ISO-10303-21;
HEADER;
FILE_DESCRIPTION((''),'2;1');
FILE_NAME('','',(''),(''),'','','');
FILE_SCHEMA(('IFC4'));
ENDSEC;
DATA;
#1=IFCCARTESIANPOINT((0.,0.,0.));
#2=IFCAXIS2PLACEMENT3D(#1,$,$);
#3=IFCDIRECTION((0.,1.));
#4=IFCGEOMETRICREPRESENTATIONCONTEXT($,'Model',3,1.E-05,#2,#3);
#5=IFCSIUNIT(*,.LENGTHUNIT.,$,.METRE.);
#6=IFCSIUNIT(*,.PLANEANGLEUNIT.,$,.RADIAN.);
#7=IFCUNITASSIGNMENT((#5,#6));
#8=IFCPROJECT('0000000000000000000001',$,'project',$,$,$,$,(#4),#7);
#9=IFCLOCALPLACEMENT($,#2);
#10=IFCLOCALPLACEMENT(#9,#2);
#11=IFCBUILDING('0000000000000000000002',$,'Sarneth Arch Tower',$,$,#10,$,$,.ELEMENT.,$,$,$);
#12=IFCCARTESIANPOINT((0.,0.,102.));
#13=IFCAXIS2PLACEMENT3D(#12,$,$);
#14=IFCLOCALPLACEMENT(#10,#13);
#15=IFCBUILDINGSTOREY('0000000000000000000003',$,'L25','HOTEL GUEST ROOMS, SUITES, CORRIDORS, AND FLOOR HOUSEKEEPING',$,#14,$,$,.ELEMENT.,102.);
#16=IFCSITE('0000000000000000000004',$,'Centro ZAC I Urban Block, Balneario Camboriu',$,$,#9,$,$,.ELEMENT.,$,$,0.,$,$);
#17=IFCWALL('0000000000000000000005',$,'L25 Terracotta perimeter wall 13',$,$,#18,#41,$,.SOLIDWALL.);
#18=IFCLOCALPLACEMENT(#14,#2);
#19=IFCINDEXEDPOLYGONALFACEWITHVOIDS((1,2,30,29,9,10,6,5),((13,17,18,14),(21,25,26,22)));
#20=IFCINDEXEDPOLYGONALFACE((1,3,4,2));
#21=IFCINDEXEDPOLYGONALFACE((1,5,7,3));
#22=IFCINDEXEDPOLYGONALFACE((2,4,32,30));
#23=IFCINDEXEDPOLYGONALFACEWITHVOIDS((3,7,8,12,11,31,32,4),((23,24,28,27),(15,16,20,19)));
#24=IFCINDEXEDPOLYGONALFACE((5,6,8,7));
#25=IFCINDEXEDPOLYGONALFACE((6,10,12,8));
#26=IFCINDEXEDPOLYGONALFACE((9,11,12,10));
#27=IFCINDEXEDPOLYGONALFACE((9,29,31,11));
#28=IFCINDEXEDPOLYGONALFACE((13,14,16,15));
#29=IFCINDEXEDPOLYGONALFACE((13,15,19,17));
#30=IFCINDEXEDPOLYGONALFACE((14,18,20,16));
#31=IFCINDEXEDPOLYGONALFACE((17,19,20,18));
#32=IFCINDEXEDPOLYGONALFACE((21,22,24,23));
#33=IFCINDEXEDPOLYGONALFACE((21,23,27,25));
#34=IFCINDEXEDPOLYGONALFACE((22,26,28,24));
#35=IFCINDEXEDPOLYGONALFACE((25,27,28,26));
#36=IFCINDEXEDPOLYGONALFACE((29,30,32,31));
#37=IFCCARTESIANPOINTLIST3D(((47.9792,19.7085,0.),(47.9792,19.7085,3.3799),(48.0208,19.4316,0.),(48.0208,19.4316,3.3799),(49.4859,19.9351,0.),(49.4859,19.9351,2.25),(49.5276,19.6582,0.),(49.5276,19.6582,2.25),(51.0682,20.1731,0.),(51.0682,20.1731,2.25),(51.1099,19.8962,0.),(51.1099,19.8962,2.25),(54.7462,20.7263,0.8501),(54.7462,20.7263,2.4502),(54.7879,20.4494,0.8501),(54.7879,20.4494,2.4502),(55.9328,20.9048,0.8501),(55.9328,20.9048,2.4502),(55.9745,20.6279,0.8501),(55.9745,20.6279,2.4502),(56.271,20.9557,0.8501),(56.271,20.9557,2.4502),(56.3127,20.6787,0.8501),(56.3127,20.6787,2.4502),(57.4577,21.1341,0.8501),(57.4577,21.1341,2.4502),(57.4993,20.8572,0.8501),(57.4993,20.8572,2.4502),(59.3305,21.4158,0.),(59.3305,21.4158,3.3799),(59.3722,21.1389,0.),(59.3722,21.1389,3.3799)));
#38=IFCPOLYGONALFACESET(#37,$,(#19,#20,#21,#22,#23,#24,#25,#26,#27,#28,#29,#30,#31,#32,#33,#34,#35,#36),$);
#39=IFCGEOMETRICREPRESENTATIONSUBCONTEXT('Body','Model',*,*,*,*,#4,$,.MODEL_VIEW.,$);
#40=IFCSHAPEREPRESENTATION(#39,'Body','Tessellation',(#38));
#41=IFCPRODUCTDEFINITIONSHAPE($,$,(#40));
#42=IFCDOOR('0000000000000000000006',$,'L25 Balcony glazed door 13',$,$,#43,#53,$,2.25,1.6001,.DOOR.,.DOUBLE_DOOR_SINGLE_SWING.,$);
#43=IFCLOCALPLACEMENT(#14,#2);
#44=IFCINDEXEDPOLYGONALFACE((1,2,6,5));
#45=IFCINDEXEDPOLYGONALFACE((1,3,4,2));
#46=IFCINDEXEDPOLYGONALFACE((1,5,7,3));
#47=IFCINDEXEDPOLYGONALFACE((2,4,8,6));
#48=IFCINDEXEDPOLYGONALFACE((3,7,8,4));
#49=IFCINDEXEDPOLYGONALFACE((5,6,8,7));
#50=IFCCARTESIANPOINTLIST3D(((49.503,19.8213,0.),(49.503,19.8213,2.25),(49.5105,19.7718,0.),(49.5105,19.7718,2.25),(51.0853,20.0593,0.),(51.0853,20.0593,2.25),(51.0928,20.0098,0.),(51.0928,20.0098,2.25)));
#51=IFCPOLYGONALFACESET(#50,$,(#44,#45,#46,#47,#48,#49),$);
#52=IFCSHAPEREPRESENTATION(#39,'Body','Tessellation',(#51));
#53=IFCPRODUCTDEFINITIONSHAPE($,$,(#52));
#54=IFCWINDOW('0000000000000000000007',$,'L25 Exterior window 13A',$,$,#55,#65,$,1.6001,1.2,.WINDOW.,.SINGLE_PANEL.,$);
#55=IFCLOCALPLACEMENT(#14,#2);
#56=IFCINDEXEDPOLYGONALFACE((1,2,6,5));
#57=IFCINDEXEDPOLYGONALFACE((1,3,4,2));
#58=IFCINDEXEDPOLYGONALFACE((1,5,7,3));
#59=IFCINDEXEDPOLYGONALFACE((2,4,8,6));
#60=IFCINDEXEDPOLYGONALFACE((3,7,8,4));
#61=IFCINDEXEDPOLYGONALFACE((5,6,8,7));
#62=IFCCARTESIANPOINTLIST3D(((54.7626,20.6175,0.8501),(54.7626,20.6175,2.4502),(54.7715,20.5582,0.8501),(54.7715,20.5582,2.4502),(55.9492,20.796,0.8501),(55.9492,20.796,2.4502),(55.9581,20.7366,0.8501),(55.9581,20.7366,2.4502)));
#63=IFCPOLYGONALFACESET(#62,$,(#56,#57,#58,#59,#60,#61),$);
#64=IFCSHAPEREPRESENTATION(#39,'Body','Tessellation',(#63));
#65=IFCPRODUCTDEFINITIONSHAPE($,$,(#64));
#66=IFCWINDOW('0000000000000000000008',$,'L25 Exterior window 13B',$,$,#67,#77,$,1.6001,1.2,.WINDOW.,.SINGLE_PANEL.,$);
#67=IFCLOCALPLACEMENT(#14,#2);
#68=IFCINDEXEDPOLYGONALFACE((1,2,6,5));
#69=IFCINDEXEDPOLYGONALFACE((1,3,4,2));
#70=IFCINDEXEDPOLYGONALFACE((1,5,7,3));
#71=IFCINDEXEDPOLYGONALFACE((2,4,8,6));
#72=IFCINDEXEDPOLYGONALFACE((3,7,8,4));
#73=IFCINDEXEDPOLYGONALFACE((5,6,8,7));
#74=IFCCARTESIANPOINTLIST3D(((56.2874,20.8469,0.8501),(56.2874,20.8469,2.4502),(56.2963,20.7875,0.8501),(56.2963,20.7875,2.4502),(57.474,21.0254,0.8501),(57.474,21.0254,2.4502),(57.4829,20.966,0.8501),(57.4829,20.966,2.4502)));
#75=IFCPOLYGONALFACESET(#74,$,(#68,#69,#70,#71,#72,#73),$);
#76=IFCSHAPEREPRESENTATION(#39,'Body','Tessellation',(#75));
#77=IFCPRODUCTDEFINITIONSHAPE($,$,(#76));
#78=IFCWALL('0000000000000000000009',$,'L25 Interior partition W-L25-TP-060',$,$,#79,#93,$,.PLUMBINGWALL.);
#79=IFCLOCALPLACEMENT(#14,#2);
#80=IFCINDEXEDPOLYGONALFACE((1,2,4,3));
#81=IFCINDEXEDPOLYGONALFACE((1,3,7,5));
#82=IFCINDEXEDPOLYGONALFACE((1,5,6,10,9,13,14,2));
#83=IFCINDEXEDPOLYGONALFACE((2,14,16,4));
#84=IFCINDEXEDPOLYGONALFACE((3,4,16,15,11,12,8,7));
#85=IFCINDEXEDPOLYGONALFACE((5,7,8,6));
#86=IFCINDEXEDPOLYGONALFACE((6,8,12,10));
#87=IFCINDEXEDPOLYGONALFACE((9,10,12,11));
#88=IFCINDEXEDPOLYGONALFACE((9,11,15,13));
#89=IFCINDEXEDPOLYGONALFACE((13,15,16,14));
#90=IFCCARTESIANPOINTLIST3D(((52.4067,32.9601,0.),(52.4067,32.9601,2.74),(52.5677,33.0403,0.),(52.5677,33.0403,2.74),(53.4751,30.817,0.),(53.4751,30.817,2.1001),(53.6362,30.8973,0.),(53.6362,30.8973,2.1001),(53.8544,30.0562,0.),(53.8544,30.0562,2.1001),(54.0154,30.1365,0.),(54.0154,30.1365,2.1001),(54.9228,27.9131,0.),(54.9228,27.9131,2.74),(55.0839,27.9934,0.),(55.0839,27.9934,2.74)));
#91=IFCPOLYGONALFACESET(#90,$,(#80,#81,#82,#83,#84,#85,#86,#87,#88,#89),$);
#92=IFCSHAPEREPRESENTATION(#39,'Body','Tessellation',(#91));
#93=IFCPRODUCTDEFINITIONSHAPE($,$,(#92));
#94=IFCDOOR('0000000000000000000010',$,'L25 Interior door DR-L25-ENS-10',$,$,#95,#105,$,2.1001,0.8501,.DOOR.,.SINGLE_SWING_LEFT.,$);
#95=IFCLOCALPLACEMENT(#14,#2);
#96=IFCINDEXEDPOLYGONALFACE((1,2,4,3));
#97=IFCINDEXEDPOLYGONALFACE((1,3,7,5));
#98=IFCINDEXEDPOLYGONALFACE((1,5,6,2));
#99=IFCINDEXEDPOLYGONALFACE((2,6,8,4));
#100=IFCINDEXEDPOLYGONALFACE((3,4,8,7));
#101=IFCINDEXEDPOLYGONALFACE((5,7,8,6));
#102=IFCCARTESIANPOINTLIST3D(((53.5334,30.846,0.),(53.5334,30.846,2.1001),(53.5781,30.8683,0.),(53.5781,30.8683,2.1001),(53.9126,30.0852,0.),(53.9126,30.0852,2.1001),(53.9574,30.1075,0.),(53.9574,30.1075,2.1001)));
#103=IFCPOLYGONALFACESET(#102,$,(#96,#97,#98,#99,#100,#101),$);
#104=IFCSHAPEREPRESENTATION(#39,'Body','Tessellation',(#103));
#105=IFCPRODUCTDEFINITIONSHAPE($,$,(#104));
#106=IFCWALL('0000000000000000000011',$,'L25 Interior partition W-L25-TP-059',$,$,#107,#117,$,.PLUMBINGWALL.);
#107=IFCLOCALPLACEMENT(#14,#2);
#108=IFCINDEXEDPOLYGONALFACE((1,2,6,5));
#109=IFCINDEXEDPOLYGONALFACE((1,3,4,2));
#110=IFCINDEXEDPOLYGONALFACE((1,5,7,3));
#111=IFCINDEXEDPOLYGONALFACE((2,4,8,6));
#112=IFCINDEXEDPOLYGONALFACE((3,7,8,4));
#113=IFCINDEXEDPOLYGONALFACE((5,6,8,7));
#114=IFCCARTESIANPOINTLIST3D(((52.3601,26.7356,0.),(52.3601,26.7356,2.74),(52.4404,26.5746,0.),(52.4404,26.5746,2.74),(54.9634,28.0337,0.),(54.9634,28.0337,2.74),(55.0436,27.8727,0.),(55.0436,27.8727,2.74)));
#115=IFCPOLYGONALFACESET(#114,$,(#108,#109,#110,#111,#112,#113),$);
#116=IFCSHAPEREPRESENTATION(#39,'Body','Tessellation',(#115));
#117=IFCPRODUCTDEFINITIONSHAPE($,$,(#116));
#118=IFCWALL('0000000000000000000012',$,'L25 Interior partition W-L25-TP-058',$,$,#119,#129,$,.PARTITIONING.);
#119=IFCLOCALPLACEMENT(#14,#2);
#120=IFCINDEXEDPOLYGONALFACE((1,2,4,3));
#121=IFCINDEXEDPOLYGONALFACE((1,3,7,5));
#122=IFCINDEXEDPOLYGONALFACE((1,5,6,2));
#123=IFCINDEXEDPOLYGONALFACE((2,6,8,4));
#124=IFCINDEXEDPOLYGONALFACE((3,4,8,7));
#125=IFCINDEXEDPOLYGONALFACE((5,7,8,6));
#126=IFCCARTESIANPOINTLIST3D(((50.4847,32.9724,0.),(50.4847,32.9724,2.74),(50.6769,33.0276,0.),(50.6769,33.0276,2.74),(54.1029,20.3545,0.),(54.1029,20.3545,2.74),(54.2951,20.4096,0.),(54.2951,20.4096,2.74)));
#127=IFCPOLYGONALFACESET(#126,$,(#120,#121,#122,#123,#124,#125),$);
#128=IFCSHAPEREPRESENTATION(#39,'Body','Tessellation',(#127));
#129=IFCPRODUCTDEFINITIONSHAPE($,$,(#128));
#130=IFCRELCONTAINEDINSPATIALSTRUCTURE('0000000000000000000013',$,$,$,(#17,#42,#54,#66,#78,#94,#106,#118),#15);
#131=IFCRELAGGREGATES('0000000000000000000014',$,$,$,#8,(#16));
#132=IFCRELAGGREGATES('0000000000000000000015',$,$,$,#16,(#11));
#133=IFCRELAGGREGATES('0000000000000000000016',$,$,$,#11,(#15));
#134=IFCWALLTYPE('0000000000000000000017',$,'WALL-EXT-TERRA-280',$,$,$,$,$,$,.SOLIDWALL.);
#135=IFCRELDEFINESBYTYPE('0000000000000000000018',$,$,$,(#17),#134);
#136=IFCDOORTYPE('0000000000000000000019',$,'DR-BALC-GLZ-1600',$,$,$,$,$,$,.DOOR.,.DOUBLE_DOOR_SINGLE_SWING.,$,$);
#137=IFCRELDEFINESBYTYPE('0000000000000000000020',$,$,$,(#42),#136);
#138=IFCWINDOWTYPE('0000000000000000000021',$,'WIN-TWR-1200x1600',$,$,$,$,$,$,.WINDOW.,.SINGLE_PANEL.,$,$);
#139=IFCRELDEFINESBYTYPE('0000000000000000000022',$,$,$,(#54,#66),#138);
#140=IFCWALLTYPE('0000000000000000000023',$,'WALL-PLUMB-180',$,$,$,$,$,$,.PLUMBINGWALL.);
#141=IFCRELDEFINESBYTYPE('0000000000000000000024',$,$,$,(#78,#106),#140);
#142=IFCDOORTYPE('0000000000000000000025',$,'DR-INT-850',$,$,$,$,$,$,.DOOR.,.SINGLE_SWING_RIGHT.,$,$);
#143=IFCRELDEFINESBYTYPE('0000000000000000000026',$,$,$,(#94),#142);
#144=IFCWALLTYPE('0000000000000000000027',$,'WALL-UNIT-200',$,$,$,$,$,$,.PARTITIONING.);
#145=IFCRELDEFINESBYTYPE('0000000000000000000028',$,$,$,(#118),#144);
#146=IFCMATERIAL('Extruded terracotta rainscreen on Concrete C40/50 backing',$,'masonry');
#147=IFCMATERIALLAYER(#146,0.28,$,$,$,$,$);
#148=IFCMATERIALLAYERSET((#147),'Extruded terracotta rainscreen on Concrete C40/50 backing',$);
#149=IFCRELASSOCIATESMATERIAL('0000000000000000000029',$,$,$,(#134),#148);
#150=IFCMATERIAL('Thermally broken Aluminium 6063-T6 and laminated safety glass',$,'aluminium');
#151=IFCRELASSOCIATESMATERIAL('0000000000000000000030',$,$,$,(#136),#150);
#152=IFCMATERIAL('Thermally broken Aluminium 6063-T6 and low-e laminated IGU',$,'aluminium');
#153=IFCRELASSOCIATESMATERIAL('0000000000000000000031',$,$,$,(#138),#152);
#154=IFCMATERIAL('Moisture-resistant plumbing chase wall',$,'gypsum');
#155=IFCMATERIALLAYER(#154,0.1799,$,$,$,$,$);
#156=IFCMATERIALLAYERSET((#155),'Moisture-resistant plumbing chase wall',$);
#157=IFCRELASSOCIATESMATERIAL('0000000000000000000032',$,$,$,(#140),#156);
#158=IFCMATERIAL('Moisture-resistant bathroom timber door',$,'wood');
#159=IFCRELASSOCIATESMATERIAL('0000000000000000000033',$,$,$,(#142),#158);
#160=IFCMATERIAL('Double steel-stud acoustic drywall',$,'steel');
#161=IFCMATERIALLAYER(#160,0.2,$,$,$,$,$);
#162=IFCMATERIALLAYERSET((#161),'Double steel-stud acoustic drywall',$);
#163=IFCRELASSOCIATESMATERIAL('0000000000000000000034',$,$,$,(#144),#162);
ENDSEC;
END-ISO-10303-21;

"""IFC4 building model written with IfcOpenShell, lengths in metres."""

from ifc_helpers import new_model, si_unit, direction, frame, frame_2d, origin, place, context, subcontext, project, spatial, rectangle, extrude, material, layer, layer_set, type_object, element, fill, save


model = new_model("IFC4")

# Units and contexts
model_context = context("Model", 3, precision=1e-05, world=origin(), true_north=direction((0.0, 1.0)))
body_context = subcontext(model_context, "Body", "Model", "MODEL_VIEW")
ifc_project = project(units=[si_unit("LENGTHUNIT", "METRE"), si_unit("PLANEANGLEUNIT", "RADIAN")], contexts=[model_context])

# Site, building, storey
site_placement = place(None, origin())
site = spatial("IfcSite", under=ifc_project, at=site_placement, Name="Centro ZAC I Urban Block, Balneario Camboriu", CompositionType="ELEMENT", RefElevation=0.0)
building_placement = place(site_placement, origin())
building = spatial("IfcBuilding", under=site, at=building_placement, Name="Sarneth Arch Tower", CompositionType="ELEMENT")
storey_placement = place(building_placement, frame((0.0, 0.0, 102.0)))
storey = spatial("IfcBuildingStorey", under=building, at=storey_placement, Name="L25", Description="HOTEL GUEST ROOMS, SUITES, CORRIDORS, AND FLOOR HOUSEKEEPING", CompositionType="ELEMENT", Elevation=102.0)

# Wall, openings, door, windows
ifc_material_1 = material(Name="Extruded terracotta rainscreen on Concrete C40/50 backing", Category="masonry")
ifc_layer_1 = layer(ifc_material_1, 0.28)
ifc_layer_set_1 = layer_set([ifc_layer_1], Name="Extruded terracotta rainscreen on Concrete C40/50 backing")
wall_type_1 = type_object("IfcWallType", Name="WALL-EXT-TERRA-280", PredefinedType="SOLIDWALL", material=ifc_layer_set_1)
wall_1_placement = place(storey_placement, frame((48.0, 19.5701, 0.0), z_axis=(0.0, 0.0, 1.0), x_axis=(0.988878, 0.14873, 0.0)))
wall_1 = element("IfcWall", 1, at=wall_1_placement, inside=storey, type_object=wall_type_1, Name="L25 Terracotta perimeter wall 13", PredefinedType="SOLIDWALL", context=body_context, shape_type="SweptSolid", body=[
    extrude(rectangle(XDim=11.479, YDim=0.28, at=frame_2d((5.7395, 0.0))), origin(), (0.0, 0.0, 1.0), 3.3799),
])
opening_1_placement = place(wall_1_placement, frame((1.5237, 0.0, 0.0)))
opening_1 = element("IfcOpeningElement", 2, at=opening_1_placement, cuts=wall_1, PredefinedType="OPENING", context=body_context, shape_type="SweptSolid", body=[
    extrude(rectangle(XDim=1.6001, YDim=2.25, at=frame_2d((0.8, 1.125))), frame((0.0, 0.1499, 0.0), z_axis=(0.0, -1.0, 0.0), x_axis=(1.0, 0.0, 0.0)), (0.0, 0.0, 1.0), 0.3),
])
opening_2_placement = place(wall_1_placement, frame((6.843, 0.0, 0.8501)))
opening_2 = element("IfcOpeningElement", 3, at=opening_2_placement, cuts=wall_1, PredefinedType="OPENING", context=body_context, shape_type="SweptSolid", body=[
    extrude(rectangle(XDim=1.2, YDim=1.6001, at=frame_2d((0.6001, 0.8))), frame((0.0, 0.1499, 0.0), z_axis=(0.0, -1.0, 0.0), x_axis=(1.0, 0.0, 0.0)), (0.0, 0.0, 1.0), 0.3),
])
opening_3_placement = place(wall_1_placement, frame((8.385, 0.0, 0.8501)))
opening_3 = element("IfcOpeningElement", 4, at=opening_3_placement, cuts=wall_1, PredefinedType="OPENING", context=body_context, shape_type="SweptSolid", body=[
    extrude(rectangle(XDim=1.2, YDim=1.6001, at=frame_2d((0.6001, 0.8))), frame((0.0, 0.1499, 0.0), z_axis=(0.0, -1.0, 0.0), x_axis=(1.0, 0.0, 0.0)), (0.0, 0.0, 1.0), 0.3),
])
ifc_material_2 = material(Name="Thermally broken Aluminium 6063-T6 and laminated safety glass", Category="aluminium")
door_type_1 = type_object("IfcDoorType", Name="DR-BALC-GLZ-1600", OperationType="DOUBLE_DOOR_SINGLE_SWING", PredefinedType="DOOR", material=ifc_material_2)
door_1_placement = place(opening_1_placement, origin())
door_1 = element("IfcDoor", 5, at=door_1_placement, inside=storey, type_object=door_type_1, Name="L25 Balcony glazed door 13", OperationType="DOUBLE_DOOR_SINGLE_SWING", OverallHeight=2.25, OverallWidth=1.6001, PredefinedType="DOOR", context=body_context, shape_type="SweptSolid", body=[
    extrude(rectangle(XDim=1.6001, YDim=2.25, at=frame_2d((0.8, 1.125))), frame((0.0, 0.0249, 0.0), z_axis=(0.0, -1.0, 0.0), x_axis=(1.0, 0.0, 0.0)), (0.0, 0.0, 1.0), 0.05),
])
fill(opening_1, door_1)
ifc_material_3 = material(Name="Thermally broken Aluminium 6063-T6 and low-e laminated IGU", Category="aluminium")
window_type = type_object("IfcWindowType", Name="WIN-TWR-1200x1600", PartitioningType="SINGLE_PANEL", PredefinedType="WINDOW", material=ifc_material_3)
window_1_placement = place(opening_2_placement, origin())
window_1 = element("IfcWindow", 6, at=window_1_placement, inside=storey, type_object=window_type, Name="L25 Exterior window 13A", OverallHeight=1.6001, OverallWidth=1.2, PartitioningType="SINGLE_PANEL", PredefinedType="WINDOW", context=body_context, shape_type="SweptSolid", body=[
    extrude(rectangle(XDim=1.2, YDim=1.6001, at=frame_2d((0.6001, 0.8))), frame((0.0, 0.03, 0.0), z_axis=(0.0, -1.0, 0.0), x_axis=(1.0, 0.0, 0.0)), (0.0, 0.0, 1.0), 0.0601),
])
fill(opening_2, window_1)
window_2_placement = place(opening_3_placement, origin())
window_2 = element("IfcWindow", 7, at=window_2_placement, inside=storey, type_object=window_type, Name="L25 Exterior window 13B", OverallHeight=1.6001, OverallWidth=1.2, PartitioningType="SINGLE_PANEL", PredefinedType="WINDOW", context=body_context, shape_type="SweptSolid", body=[
    extrude(rectangle(XDim=1.2, YDim=1.6001, at=frame_2d((0.6001, 0.8))), frame((0.0, 0.03, 0.0), z_axis=(0.0, -1.0, 0.0), x_axis=(1.0, 0.0, 0.0)), (0.0, 0.0, 1.0), 0.0601),
])
fill(opening_3, window_2)

# Wall, opening, door
ifc_material_4 = material(Name="Moisture-resistant plumbing chase wall", Category="gypsum")
ifc_layer_2 = layer(ifc_material_4, 0.1799)
ifc_layer_set_2 = layer_set([ifc_layer_2], Name="Moisture-resistant plumbing chase wall")
wall_type_2 = type_object("IfcWallType", Name="WALL-PLUMB-180", PredefinedType="PLUMBINGWALL", material=ifc_layer_set_2)
wall_2_placement = place(storey_placement, frame((55.0034, 27.9531, 0.0), z_axis=(0.0, 0.0, 1.0), x_axis=(-0.446174, 0.894946, 0.0)))
wall_2 = element("IfcWall", 8, at=wall_2_placement, inside=storey, type_object=wall_type_2, Name="L25 Interior partition W-L25-TP-060", PredefinedType="PLUMBINGWALL", context=body_context, shape_type="SweptSolid", body=[
    extrude(rectangle(XDim=5.6394, YDim=0.1799, at=frame_2d((2.8198, 0.0))), origin(), (0.0, 0.0, 1.0), 2.74),
])
opening_4_placement = place(wall_2_placement, frame((2.3948, 0.0, 0.0)))
opening_4 = element("IfcOpeningElement", 9, at=opening_4_placement, cuts=wall_2, PredefinedType="OPENING", context=body_context, shape_type="SweptSolid", body=[
    extrude(rectangle(XDim=0.8501, YDim=2.1001, at=frame_2d((0.425, 1.05))), frame((0.0, 0.0999, 0.0), z_axis=(0.0, -1.0, 0.0), x_axis=(1.0, 0.0, 0.0)), (0.0, 0.0, 1.0), 0.2),
])
ifc_material_5 = material(Name="Moisture-resistant bathroom timber door", Category="wood")
door_type_2 = type_object("IfcDoorType", Name="DR-INT-850", OperationType="SINGLE_SWING_RIGHT", PredefinedType="DOOR", material=ifc_material_5)
door_2_placement = place(opening_4_placement, origin())
door_2 = element("IfcDoor", 10, at=door_2_placement, inside=storey, type_object=door_type_2, Name="L25 Interior door DR-L25-ENS-10", OperationType="SINGLE_SWING_LEFT", OverallHeight=2.1001, OverallWidth=0.8501, PredefinedType="DOOR", context=body_context, shape_type="SweptSolid", body=[
    extrude(rectangle(XDim=0.8501, YDim=2.1001, at=frame_2d((0.425, 1.05))), frame((0.0, 0.0249, 0.0), z_axis=(0.0, -1.0, 0.0), x_axis=(1.0, 0.0, 0.0)), (0.0, 0.0, 1.0), 0.05),
])
fill(opening_4, door_2)

# Walls
wall_3_placement = place(storey_placement, frame((52.4001, 26.655, 0.0), z_axis=(0.0, 0.0, 1.0), x_axis=(0.894913, 0.44624, 0.0)))
element("IfcWall", 11, at=wall_3_placement, inside=storey, type_object=wall_type_2, Name="L25 Interior partition W-L25-TP-059", PredefinedType="PLUMBINGWALL", context=body_context, shape_type="SweptSolid", body=[
    extrude(rectangle(XDim=2.9089, YDim=0.1799, at=frame_2d((1.4546, 0.0))), origin(), (0.0, 0.0, 1.0), 2.74),
])
ifc_material_6 = material(Name="Double steel-stud acoustic drywall", Category="steel")
ifc_layer_3 = layer(ifc_material_6, 0.2)
ifc_layer_set_3 = layer_set([ifc_layer_3], Name="Double steel-stud acoustic drywall")
wall_type_3 = type_object("IfcWallType", Name="WALL-UNIT-200", PredefinedType="PARTITIONING", material=ifc_layer_set_3)
wall_4_placement = place(storey_placement, frame((50.5808, 33.0, 0.0), z_axis=(0.0, 0.0, 1.0), x_axis=(0.27564, -0.961261, 0.0)))
element("IfcWall", 12, at=wall_4_placement, inside=storey, type_object=wall_type_3, Name="L25 Interior partition W-L25-TP-058", PredefinedType="PARTITIONING", context=body_context, shape_type="SweptSolid", body=[
    extrude(rectangle(XDim=13.1265, YDim=0.2, at=frame_2d((6.5632, 0.0))), origin(), (0.0, 0.0, 1.0), 2.74),
])

save(model, "model.ifc")
